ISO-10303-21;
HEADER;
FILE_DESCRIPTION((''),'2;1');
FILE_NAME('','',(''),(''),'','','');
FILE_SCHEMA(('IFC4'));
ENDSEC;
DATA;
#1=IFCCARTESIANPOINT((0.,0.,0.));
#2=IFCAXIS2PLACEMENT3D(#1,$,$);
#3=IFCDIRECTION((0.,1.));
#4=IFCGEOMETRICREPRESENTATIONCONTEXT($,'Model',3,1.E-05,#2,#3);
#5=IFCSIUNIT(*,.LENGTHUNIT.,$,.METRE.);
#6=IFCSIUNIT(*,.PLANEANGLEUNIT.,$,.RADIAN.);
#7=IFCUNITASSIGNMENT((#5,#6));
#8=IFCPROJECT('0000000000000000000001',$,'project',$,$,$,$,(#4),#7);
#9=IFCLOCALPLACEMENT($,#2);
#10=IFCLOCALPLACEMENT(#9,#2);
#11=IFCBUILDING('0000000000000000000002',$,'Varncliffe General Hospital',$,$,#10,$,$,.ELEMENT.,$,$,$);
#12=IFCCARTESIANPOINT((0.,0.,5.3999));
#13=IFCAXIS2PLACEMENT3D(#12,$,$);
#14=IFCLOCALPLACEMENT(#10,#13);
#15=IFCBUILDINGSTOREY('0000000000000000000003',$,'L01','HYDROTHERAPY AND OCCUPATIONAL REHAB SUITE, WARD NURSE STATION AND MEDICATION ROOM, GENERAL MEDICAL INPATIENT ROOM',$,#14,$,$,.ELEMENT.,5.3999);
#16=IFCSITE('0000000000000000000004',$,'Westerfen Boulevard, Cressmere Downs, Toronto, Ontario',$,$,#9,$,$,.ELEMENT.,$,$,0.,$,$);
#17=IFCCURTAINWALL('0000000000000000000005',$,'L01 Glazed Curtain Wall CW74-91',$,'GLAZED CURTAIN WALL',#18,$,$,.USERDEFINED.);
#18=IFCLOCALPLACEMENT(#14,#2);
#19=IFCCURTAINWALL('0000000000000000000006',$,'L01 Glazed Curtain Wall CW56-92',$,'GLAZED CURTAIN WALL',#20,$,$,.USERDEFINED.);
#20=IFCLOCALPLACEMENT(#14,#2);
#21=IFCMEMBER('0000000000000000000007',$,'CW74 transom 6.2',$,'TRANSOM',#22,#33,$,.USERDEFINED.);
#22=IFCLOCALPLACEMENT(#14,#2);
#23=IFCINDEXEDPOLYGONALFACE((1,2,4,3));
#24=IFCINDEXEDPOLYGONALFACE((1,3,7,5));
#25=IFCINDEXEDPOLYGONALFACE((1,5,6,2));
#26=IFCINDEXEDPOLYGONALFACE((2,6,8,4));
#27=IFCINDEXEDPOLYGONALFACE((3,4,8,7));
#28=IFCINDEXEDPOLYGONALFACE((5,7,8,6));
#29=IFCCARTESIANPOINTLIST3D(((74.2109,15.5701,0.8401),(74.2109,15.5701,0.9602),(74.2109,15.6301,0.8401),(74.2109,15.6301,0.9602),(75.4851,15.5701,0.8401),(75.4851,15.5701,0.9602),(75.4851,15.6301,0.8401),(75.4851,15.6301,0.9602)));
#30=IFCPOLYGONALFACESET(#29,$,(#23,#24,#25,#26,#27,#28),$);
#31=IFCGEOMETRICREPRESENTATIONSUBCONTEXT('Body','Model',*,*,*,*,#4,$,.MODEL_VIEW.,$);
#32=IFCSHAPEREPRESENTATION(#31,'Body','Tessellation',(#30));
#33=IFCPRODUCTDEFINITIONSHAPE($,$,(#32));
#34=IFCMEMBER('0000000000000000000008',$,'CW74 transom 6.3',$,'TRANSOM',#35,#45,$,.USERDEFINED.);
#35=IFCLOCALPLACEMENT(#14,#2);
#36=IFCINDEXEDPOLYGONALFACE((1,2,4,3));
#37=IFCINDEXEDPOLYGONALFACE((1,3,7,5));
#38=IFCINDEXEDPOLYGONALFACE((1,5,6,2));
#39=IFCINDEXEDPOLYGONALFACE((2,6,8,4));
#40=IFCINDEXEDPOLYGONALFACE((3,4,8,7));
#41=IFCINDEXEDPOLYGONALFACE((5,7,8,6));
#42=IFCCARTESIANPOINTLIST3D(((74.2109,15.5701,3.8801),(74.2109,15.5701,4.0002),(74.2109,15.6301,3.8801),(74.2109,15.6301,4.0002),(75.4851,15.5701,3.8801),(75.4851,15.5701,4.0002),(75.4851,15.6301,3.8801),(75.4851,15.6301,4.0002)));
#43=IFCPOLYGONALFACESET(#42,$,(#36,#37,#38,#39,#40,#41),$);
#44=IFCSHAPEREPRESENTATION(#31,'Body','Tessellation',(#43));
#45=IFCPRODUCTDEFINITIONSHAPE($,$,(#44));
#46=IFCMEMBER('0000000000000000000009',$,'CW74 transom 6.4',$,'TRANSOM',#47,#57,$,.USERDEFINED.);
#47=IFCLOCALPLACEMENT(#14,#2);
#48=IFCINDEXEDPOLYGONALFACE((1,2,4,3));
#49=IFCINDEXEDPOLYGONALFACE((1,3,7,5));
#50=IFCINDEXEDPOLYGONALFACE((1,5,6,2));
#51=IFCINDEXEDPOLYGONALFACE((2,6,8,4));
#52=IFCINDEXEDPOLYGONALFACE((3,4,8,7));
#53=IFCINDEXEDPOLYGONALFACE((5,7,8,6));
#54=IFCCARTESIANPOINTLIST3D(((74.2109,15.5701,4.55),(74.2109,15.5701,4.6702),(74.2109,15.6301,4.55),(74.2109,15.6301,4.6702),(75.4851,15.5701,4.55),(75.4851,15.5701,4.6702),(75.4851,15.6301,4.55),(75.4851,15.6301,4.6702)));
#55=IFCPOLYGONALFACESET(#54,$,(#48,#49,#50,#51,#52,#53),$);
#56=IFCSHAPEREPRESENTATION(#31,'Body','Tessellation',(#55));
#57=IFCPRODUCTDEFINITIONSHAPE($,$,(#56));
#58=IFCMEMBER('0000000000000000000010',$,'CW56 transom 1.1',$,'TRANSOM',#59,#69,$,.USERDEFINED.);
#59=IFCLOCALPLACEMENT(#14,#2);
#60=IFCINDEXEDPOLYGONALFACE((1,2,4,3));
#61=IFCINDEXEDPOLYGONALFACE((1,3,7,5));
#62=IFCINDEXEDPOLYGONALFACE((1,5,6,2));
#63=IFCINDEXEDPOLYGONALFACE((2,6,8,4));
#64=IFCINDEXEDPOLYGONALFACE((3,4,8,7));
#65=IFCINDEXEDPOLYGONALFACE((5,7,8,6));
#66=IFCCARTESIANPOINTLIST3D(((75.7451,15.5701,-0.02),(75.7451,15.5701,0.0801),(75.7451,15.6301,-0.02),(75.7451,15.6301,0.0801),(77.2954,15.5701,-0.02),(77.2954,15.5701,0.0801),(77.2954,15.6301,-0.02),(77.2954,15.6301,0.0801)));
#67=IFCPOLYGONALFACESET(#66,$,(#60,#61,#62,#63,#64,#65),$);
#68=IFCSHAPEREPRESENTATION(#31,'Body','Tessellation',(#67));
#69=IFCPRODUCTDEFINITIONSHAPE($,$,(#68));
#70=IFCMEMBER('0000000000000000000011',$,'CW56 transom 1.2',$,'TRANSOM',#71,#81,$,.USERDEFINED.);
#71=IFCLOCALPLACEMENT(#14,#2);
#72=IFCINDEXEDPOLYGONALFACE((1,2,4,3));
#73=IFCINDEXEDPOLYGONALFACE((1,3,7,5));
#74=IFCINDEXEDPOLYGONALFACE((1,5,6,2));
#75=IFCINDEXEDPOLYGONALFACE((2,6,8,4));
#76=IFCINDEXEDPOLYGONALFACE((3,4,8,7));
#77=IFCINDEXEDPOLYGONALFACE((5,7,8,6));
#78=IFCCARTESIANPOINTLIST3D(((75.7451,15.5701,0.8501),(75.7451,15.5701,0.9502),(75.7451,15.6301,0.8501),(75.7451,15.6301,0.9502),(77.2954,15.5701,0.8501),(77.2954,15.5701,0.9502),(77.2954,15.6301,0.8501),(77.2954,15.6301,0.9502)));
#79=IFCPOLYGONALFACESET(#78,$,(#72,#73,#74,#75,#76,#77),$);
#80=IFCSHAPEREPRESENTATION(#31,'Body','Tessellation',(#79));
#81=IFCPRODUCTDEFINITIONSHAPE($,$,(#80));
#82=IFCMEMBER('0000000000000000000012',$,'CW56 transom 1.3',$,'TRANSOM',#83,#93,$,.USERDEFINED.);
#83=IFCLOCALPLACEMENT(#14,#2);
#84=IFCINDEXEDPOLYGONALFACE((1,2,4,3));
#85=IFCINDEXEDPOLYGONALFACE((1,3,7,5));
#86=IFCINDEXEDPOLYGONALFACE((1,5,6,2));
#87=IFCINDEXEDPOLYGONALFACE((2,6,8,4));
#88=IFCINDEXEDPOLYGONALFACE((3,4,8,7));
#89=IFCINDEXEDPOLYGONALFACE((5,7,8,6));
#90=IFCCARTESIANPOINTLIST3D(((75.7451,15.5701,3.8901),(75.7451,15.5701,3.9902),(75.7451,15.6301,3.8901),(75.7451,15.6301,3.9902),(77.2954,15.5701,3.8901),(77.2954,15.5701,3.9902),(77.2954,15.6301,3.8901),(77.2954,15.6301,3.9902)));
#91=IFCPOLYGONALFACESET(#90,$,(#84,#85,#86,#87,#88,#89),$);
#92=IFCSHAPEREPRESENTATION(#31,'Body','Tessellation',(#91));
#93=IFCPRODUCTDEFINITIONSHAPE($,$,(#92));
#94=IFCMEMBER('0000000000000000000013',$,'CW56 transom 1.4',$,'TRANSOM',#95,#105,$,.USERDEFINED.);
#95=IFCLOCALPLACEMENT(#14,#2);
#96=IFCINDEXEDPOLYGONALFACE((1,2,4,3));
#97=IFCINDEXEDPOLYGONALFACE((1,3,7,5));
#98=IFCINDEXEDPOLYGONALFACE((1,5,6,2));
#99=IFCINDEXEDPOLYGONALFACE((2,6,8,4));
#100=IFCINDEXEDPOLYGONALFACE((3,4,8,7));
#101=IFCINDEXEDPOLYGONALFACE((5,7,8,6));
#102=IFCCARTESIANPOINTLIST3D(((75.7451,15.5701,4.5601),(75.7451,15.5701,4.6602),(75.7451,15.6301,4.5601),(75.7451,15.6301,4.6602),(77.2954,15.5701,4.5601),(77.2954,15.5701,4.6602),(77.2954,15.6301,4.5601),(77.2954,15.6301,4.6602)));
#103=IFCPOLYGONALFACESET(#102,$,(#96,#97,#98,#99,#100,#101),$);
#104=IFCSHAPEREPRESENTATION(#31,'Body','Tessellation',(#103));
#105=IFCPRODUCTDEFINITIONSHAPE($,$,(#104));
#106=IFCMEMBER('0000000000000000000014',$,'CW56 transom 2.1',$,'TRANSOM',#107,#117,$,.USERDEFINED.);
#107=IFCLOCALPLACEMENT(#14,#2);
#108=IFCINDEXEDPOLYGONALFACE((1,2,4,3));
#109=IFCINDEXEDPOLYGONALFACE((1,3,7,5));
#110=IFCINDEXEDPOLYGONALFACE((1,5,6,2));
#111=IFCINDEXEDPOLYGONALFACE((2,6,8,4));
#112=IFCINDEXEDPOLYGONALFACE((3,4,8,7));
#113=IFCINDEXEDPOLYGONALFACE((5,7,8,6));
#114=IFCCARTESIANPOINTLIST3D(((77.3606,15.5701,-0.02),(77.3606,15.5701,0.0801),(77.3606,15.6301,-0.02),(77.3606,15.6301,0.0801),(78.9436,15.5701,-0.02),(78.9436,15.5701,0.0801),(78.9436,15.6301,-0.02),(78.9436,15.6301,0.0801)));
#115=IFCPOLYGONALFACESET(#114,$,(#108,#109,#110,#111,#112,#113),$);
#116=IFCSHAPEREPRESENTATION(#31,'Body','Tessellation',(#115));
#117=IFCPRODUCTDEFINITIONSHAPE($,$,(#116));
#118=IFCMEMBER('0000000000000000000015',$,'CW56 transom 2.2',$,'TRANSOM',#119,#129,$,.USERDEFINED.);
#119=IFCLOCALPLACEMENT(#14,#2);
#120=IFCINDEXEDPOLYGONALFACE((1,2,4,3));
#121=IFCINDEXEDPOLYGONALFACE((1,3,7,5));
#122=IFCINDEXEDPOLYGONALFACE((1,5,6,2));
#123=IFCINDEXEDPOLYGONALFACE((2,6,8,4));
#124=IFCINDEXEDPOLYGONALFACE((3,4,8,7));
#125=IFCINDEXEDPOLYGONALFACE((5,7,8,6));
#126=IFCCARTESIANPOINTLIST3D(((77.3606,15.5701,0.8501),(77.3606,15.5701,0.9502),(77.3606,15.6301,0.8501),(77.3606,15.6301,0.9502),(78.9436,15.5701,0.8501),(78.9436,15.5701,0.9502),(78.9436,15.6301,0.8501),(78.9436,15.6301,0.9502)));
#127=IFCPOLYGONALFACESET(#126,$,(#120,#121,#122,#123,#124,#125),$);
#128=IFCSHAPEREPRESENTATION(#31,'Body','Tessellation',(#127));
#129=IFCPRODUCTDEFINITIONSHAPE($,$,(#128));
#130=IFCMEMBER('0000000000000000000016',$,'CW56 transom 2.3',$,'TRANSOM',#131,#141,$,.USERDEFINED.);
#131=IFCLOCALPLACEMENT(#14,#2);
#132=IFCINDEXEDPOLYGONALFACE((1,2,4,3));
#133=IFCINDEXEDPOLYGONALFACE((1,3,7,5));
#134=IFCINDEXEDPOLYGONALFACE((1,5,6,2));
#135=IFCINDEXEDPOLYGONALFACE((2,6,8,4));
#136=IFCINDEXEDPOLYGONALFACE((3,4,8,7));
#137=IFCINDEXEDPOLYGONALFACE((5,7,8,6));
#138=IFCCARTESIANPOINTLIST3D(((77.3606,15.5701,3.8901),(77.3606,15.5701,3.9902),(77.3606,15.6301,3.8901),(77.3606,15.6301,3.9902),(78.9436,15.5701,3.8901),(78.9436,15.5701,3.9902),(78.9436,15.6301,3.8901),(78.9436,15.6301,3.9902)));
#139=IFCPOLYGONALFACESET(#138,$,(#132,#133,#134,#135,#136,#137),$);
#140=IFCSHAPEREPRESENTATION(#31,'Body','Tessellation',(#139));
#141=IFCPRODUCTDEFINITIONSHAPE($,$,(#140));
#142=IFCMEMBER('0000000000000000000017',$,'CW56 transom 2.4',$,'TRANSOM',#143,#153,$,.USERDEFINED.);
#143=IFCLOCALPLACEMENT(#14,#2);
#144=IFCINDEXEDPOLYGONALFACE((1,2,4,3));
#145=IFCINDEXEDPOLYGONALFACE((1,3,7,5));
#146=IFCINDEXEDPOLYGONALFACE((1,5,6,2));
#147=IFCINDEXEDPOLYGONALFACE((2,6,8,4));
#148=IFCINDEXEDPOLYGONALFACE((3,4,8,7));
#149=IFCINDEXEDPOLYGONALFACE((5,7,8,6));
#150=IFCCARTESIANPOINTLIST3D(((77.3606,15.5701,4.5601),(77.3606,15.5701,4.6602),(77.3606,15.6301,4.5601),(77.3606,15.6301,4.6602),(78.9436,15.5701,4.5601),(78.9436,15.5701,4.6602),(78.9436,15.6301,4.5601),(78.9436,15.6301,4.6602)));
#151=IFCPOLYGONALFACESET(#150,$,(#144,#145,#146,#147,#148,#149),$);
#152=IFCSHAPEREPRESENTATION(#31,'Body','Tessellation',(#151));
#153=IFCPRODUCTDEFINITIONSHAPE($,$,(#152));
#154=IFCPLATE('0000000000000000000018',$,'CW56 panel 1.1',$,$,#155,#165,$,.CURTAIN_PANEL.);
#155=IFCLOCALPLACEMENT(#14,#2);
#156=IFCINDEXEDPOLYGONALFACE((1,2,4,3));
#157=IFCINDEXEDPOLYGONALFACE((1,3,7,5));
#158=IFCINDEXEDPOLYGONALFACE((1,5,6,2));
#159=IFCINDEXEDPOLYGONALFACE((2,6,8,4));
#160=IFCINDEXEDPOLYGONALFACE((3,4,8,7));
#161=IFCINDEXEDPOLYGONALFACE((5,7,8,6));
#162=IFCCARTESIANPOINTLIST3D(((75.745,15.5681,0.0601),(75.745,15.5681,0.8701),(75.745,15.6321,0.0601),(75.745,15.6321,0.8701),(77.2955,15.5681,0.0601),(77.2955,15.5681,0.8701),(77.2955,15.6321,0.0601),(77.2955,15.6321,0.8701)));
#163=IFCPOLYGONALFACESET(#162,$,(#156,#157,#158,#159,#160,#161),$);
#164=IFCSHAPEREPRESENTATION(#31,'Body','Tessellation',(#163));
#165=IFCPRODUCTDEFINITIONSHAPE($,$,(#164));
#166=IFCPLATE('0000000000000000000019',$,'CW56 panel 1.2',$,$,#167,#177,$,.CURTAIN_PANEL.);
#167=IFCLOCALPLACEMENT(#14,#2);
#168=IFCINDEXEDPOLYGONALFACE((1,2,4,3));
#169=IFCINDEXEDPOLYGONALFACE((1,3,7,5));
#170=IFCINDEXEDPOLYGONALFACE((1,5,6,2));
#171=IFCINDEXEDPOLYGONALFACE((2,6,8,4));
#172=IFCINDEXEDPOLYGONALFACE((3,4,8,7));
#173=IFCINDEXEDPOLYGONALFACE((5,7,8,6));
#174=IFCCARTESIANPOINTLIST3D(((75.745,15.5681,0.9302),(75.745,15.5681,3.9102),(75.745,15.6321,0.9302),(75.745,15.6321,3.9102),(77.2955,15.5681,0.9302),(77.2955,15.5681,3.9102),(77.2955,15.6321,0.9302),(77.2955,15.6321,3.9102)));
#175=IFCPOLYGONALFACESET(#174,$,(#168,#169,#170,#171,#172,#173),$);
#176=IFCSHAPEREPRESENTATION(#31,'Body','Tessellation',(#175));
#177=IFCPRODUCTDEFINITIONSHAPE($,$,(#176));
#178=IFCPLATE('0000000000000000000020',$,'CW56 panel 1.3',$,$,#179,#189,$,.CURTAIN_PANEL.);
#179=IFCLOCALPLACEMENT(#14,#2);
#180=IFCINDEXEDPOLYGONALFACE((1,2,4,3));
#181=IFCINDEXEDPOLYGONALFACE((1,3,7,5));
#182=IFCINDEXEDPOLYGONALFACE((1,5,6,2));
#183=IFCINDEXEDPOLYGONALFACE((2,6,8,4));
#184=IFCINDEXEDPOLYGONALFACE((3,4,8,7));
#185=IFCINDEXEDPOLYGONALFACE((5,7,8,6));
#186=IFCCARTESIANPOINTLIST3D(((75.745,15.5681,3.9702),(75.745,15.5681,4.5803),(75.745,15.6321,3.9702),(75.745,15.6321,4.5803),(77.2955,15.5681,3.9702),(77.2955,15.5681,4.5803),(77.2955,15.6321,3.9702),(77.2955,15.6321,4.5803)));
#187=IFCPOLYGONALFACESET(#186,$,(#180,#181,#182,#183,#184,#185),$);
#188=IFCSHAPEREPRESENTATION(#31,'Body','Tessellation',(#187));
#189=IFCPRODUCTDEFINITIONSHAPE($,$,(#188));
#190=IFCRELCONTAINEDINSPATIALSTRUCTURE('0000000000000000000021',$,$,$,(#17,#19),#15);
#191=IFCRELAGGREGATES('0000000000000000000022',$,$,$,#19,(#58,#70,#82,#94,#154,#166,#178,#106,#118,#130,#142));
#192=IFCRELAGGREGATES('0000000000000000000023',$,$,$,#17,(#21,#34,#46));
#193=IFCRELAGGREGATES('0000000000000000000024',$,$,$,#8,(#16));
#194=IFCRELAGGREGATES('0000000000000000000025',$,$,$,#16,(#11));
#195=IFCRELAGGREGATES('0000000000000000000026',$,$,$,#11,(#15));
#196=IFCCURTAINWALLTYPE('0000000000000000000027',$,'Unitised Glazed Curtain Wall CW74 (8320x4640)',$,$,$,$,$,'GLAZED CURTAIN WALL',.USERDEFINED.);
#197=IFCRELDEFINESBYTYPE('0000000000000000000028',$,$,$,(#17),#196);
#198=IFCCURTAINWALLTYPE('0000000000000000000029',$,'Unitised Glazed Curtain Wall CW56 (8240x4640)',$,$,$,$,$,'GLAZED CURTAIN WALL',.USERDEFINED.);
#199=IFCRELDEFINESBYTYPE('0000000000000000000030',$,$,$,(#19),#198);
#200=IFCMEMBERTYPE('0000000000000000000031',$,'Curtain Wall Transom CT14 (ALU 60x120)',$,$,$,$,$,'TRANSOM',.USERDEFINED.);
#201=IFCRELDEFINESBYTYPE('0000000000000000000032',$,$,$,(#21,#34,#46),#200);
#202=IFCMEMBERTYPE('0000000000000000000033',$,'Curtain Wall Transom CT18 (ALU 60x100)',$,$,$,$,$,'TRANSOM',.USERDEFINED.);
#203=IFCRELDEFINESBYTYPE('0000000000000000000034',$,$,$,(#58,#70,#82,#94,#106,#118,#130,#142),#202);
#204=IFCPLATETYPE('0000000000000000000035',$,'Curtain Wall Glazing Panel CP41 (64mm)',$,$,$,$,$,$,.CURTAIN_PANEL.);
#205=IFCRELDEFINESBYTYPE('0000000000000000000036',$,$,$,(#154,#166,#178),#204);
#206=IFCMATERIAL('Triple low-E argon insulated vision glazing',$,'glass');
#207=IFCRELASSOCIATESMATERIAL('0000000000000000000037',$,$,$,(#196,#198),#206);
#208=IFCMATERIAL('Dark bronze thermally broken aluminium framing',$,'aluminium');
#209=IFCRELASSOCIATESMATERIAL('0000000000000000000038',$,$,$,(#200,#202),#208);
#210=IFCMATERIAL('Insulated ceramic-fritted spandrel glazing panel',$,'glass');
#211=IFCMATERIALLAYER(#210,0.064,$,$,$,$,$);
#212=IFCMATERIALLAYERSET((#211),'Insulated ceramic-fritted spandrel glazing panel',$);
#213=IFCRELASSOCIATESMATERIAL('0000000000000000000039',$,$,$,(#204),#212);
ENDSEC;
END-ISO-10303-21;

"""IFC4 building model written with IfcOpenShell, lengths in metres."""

from ifc_helpers import new_model, si_unit, direction, frame, origin, origin_2d, place, context, subcontext, project, spatial, rectangle, extrude, material, layer, layer_set, material_profile, profile_set, type_object, element, aggregate, save


model = new_model("IFC4")

# Units and contexts
model_context = context("Model", 3, precision=1e-05, world=origin(), true_north=direction((0.0, 1.0)))
body_context = subcontext(model_context, "Body", "Model", "MODEL_VIEW")
ifc_project = project(units=[si_unit("LENGTHUNIT", "METRE"), si_unit("PLANEANGLEUNIT", "RADIAN")], contexts=[model_context])

# Site, building, storey
site_placement = place(None, origin())
site = spatial("IfcSite", under=ifc_project, at=site_placement, Name="Westerfen Boulevard, Cressmere Downs, Toronto, Ontario", CompositionType="ELEMENT", RefElevation=0.0)
building_placement = place(site_placement, origin())
building = spatial("IfcBuilding", under=site, at=building_placement, Name="Varncliffe General Hospital", CompositionType="ELEMENT")
storey_placement = place(building_placement, frame((0.0, 0.0, 5.3999)))
storey = spatial("IfcBuildingStorey", under=building, at=storey_placement, Name="L01", Description="HYDROTHERAPY AND OCCUPATIONAL REHAB SUITE, WARD NURSE STATION AND MEDICATION ROOM, GENERAL MEDICAL INPATIENT ROOM", CompositionType="ELEMENT", Elevation=5.3999)

# Curtain walls
ifc_material_1 = material(Name="Triple low-E argon insulated vision glazing", Category="glass")
curtain_wall_type_1 = type_object("IfcCurtainWallType", Name="Unitised Glazed Curtain Wall CW74 (8320x4640)", ElementType="GLAZED CURTAIN WALL", PredefinedType="USERDEFINED", material=ifc_material_1)
curtain_wall_1_placement = place(storey_placement, origin())
curtain_wall_1 = element("IfcCurtainWall", 1, at=curtain_wall_1_placement, inside=storey, type_object=curtain_wall_type_1, Name="L01 Glazed Curtain Wall CW74-91", ObjectType="GLAZED CURTAIN WALL", PredefinedType="USERDEFINED")
ifc_material_2 = material(Name="Dark bronze thermally broken aluminium framing", Category="aluminium")
curtain_wall_type_2 = type_object("IfcCurtainWallType", Name="Unitised Glazed Curtain Wall CW56 (8240x4640)", ElementType="GLAZED CURTAIN WALL", PredefinedType="USERDEFINED", material=ifc_material_1)
curtain_wall_2_placement = place(storey_placement, origin())
curtain_wall_2 = element("IfcCurtainWall", 2, at=curtain_wall_2_placement, inside=storey, type_object=curtain_wall_type_2, Name="L01 Glazed Curtain Wall CW56-92", ObjectType="GLAZED CURTAIN WALL", PredefinedType="USERDEFINED")

# Members
ifc_material_profile_1 = material_profile(ifc_material_2, rectangle(XDim=0.0601, YDim=0.1201, at=origin_2d()), Name="ALU 60x120")
ifc_profile_set_1 = profile_set([ifc_material_profile_1], Name="Dark bronze thermally broken aluminium framing")
member_type_1 = type_object("IfcMemberType", Name="Curtain Wall Transom CT14 (ALU 60x120)", ElementType="TRANSOM", PredefinedType="USERDEFINED", material=ifc_profile_set_1)
member_1_placement = place(storey_placement, frame((74.2109, 15.6001, 0.9001), z_axis=(1.0, 0.0, 0.0), x_axis=(0.0, 1.0, 0.0)))
member_1 = element("IfcMember", 3, at=member_1_placement, type_object=member_type_1, Name="CW74 transom 6.2", ObjectType="TRANSOM", PredefinedType="USERDEFINED", context=body_context, shape_type="SweptSolid", body=[
    extrude(rectangle(XDim=0.0601, YDim=0.1201, at=origin_2d()), origin(), (0.0, 0.0, 1.0), 1.2742),
])
member_2_placement = place(storey_placement, frame((74.2109, 15.6001, 3.9402), z_axis=(1.0, 0.0, 0.0), x_axis=(0.0, 1.0, 0.0)))
member_2 = element("IfcMember", 4, at=member_2_placement, type_object=member_type_1, Name="CW74 transom 6.3", ObjectType="TRANSOM", PredefinedType="USERDEFINED", context=body_context, shape_type="SweptSolid", body=[
    extrude(rectangle(XDim=0.0601, YDim=0.1201, at=origin_2d()), origin(), (0.0, 0.0, 1.0), 1.2742),
])
member_3_placement = place(storey_placement, frame((74.2109, 15.6001, 4.6101), z_axis=(1.0, 0.0, 0.0), x_axis=(0.0, 1.0, 0.0)))
member_3 = element("IfcMember", 5, at=member_3_placement, type_object=member_type_1, Name="CW74 transom 6.4", ObjectType="TRANSOM", PredefinedType="USERDEFINED", context=body_context, shape_type="SweptSolid", body=[
    extrude(rectangle(XDim=0.0601, YDim=0.1201, at=origin_2d()), origin(), (0.0, 0.0, 1.0), 1.2742),
])
ifc_material_profile_2 = material_profile(ifc_material_2, rectangle(XDim=0.0601, YDim=0.1001, at=origin_2d()), Name="ALU 60x100")
ifc_profile_set_2 = profile_set([ifc_material_profile_2], Name="Dark bronze thermally broken aluminium framing")
member_type_2 = type_object("IfcMemberType", Name="Curtain Wall Transom CT18 (ALU 60x100)", ElementType="TRANSOM", PredefinedType="USERDEFINED", material=ifc_profile_set_2)
member_4_placement = place(storey_placement, frame((75.7451, 15.6001, 0.03), z_axis=(1.0, 0.0, 0.0), x_axis=(0.0, 1.0, 0.0)))
member_4 = element("IfcMember", 6, at=member_4_placement, type_object=member_type_2, Name="CW56 transom 1.1", ObjectType="TRANSOM", PredefinedType="USERDEFINED", context=body_context, shape_type="SweptSolid", body=[
    extrude(rectangle(XDim=0.0601, YDim=0.1001, at=origin_2d()), origin(), (0.0, 0.0, 1.0), 1.5503),
])
member_5_placement = place(storey_placement, frame((75.7451, 15.6001, 0.9001), z_axis=(1.0, 0.0, 0.0), x_axis=(0.0, 1.0, 0.0)))
member_5 = element("IfcMember", 7, at=member_5_placement, type_object=member_type_2, Name="CW56 transom 1.2", ObjectType="TRANSOM", PredefinedType="USERDEFINED", context=body_context, shape_type="SweptSolid", body=[
    extrude(rectangle(XDim=0.0601, YDim=0.1001, at=origin_2d()), origin(), (0.0, 0.0, 1.0), 1.5503),
])
member_6_placement = place(storey_placement, frame((75.7451, 15.6001, 3.9402), z_axis=(1.0, 0.0, 0.0), x_axis=(0.0, 1.0, 0.0)))
member_6 = element("IfcMember", 8, at=member_6_placement, type_object=member_type_2, Name="CW56 transom 1.3", ObjectType="TRANSOM", PredefinedType="USERDEFINED", context=body_context, shape_type="SweptSolid", body=[
    extrude(rectangle(XDim=0.0601, YDim=0.1001, at=origin_2d()), origin(), (0.0, 0.0, 1.0), 1.5503),
])
member_7_placement = place(storey_placement, frame((75.7451, 15.6001, 4.6101), z_axis=(1.0, 0.0, 0.0), x_axis=(0.0, 1.0, 0.0)))
member_7 = element("IfcMember", 9, at=member_7_placement, type_object=member_type_2, Name="CW56 transom 1.4", ObjectType="TRANSOM", PredefinedType="USERDEFINED", context=body_context, shape_type="SweptSolid", body=[
    extrude(rectangle(XDim=0.0601, YDim=0.1001, at=origin_2d()), origin(), (0.0, 0.0, 1.0), 1.5503),
])
member_8_placement = place(storey_placement, frame((77.3606, 15.6001, 0.03), z_axis=(1.0, 0.0, 0.0), x_axis=(0.0, 1.0, 0.0)))
member_8 = element("IfcMember", 10, at=member_8_placement, type_object=member_type_2, Name="CW56 transom 2.1", ObjectType="TRANSOM", PredefinedType="USERDEFINED", context=body_context, shape_type="SweptSolid", body=[
    extrude(rectangle(XDim=0.0601, YDim=0.1001, at=origin_2d()), origin(), (0.0, 0.0, 1.0), 1.583),
])
member_9_placement = place(storey_placement, frame((77.3606, 15.6001, 0.9001), z_axis=(1.0, 0.0, 0.0), x_axis=(0.0, 1.0, 0.0)))
member_9 = element("IfcMember", 11, at=member_9_placement, type_object=member_type_2, Name="CW56 transom 2.2", ObjectType="TRANSOM", PredefinedType="USERDEFINED", context=body_context, shape_type="SweptSolid", body=[
    extrude(rectangle(XDim=0.0601, YDim=0.1001, at=origin_2d()), origin(), (0.0, 0.0, 1.0), 1.583),
])
member_10_placement = place(storey_placement, frame((77.3606, 15.6001, 3.9402), z_axis=(1.0, 0.0, 0.0), x_axis=(0.0, 1.0, 0.0)))
member_10 = element("IfcMember", 12, at=member_10_placement, type_object=member_type_2, Name="CW56 transom 2.3", ObjectType="TRANSOM", PredefinedType="USERDEFINED", context=body_context, shape_type="SweptSolid", body=[
    extrude(rectangle(XDim=0.0601, YDim=0.1001, at=origin_2d()), origin(), (0.0, 0.0, 1.0), 1.583),
])
member_11_placement = place(storey_placement, frame((77.3606, 15.6001, 4.6101), z_axis=(1.0, 0.0, 0.0), x_axis=(0.0, 1.0, 0.0)))
member_11 = element("IfcMember", 13, at=member_11_placement, type_object=member_type_2, Name="CW56 transom 2.4", ObjectType="TRANSOM", PredefinedType="USERDEFINED", context=body_context, shape_type="SweptSolid", body=[
    extrude(rectangle(XDim=0.0601, YDim=0.1001, at=origin_2d()), origin(), (0.0, 0.0, 1.0), 1.583),
])

# Plates
ifc_material_3 = material(Name="Insulated ceramic-fritted spandrel glazing panel", Category="glass")
ifc_layer_1 = layer(ifc_material_3, 0.064)
ifc_layer_set_1 = layer_set([ifc_layer_1], Name="Insulated ceramic-fritted spandrel glazing panel")
plate_type_1 = type_object("IfcPlateType", Name="Curtain Wall Glazing Panel CP41 (64mm)", PredefinedType="CURTAIN_PANEL", material=ifc_layer_set_1)
plate_1_placement = place(storey_placement, frame((76.5203, 15.6001, 0.0601), z_axis=(0.0, 0.0, 1.0), x_axis=(1.0, 0.0, 0.0)))
plate_1 = element("IfcPlate", 14, at=plate_1_placement, type_object=plate_type_1, Name="CW56 panel 1.1", PredefinedType="CURTAIN_PANEL", context=body_context, shape_type="SweptSolid", body=[
    extrude(rectangle(XDim=1.5505, YDim=0.064, at=origin_2d()), origin(), (0.0, 0.0, 1.0), 0.8101),
])
plate_2_placement = place(storey_placement, frame((76.5203, 15.6001, 0.9302), z_axis=(0.0, 0.0, 1.0), x_axis=(1.0, 0.0, 0.0)))
plate_2 = element("IfcPlate", 15, at=plate_2_placement, type_object=plate_type_1, Name="CW56 panel 1.2", PredefinedType="CURTAIN_PANEL", context=body_context, shape_type="SweptSolid", body=[
    extrude(rectangle(XDim=1.5505, YDim=0.064, at=origin_2d()), origin(), (0.0, 0.0, 1.0), 2.98),
])
plate_3_placement = place(storey_placement, frame((76.5203, 15.6001, 3.9702), z_axis=(0.0, 0.0, 1.0), x_axis=(1.0, 0.0, 0.0)))
plate_3 = element("IfcPlate", 16, at=plate_3_placement, type_object=plate_type_1, Name="CW56 panel 1.3", PredefinedType="CURTAIN_PANEL", context=body_context, shape_type="SweptSolid", body=[
    extrude(rectangle(XDim=1.5505, YDim=0.064, at=origin_2d()), origin(), (0.0, 0.0, 1.0), 0.6101),
])
aggregate(curtain_wall_2, [member_4, member_5, member_6, member_7, plate_1, plate_2, plate_3, member_8, member_9, member_10, member_11])
aggregate(curtain_wall_1, [member_1, member_2, member_3])

save(model, "model.ifc")
